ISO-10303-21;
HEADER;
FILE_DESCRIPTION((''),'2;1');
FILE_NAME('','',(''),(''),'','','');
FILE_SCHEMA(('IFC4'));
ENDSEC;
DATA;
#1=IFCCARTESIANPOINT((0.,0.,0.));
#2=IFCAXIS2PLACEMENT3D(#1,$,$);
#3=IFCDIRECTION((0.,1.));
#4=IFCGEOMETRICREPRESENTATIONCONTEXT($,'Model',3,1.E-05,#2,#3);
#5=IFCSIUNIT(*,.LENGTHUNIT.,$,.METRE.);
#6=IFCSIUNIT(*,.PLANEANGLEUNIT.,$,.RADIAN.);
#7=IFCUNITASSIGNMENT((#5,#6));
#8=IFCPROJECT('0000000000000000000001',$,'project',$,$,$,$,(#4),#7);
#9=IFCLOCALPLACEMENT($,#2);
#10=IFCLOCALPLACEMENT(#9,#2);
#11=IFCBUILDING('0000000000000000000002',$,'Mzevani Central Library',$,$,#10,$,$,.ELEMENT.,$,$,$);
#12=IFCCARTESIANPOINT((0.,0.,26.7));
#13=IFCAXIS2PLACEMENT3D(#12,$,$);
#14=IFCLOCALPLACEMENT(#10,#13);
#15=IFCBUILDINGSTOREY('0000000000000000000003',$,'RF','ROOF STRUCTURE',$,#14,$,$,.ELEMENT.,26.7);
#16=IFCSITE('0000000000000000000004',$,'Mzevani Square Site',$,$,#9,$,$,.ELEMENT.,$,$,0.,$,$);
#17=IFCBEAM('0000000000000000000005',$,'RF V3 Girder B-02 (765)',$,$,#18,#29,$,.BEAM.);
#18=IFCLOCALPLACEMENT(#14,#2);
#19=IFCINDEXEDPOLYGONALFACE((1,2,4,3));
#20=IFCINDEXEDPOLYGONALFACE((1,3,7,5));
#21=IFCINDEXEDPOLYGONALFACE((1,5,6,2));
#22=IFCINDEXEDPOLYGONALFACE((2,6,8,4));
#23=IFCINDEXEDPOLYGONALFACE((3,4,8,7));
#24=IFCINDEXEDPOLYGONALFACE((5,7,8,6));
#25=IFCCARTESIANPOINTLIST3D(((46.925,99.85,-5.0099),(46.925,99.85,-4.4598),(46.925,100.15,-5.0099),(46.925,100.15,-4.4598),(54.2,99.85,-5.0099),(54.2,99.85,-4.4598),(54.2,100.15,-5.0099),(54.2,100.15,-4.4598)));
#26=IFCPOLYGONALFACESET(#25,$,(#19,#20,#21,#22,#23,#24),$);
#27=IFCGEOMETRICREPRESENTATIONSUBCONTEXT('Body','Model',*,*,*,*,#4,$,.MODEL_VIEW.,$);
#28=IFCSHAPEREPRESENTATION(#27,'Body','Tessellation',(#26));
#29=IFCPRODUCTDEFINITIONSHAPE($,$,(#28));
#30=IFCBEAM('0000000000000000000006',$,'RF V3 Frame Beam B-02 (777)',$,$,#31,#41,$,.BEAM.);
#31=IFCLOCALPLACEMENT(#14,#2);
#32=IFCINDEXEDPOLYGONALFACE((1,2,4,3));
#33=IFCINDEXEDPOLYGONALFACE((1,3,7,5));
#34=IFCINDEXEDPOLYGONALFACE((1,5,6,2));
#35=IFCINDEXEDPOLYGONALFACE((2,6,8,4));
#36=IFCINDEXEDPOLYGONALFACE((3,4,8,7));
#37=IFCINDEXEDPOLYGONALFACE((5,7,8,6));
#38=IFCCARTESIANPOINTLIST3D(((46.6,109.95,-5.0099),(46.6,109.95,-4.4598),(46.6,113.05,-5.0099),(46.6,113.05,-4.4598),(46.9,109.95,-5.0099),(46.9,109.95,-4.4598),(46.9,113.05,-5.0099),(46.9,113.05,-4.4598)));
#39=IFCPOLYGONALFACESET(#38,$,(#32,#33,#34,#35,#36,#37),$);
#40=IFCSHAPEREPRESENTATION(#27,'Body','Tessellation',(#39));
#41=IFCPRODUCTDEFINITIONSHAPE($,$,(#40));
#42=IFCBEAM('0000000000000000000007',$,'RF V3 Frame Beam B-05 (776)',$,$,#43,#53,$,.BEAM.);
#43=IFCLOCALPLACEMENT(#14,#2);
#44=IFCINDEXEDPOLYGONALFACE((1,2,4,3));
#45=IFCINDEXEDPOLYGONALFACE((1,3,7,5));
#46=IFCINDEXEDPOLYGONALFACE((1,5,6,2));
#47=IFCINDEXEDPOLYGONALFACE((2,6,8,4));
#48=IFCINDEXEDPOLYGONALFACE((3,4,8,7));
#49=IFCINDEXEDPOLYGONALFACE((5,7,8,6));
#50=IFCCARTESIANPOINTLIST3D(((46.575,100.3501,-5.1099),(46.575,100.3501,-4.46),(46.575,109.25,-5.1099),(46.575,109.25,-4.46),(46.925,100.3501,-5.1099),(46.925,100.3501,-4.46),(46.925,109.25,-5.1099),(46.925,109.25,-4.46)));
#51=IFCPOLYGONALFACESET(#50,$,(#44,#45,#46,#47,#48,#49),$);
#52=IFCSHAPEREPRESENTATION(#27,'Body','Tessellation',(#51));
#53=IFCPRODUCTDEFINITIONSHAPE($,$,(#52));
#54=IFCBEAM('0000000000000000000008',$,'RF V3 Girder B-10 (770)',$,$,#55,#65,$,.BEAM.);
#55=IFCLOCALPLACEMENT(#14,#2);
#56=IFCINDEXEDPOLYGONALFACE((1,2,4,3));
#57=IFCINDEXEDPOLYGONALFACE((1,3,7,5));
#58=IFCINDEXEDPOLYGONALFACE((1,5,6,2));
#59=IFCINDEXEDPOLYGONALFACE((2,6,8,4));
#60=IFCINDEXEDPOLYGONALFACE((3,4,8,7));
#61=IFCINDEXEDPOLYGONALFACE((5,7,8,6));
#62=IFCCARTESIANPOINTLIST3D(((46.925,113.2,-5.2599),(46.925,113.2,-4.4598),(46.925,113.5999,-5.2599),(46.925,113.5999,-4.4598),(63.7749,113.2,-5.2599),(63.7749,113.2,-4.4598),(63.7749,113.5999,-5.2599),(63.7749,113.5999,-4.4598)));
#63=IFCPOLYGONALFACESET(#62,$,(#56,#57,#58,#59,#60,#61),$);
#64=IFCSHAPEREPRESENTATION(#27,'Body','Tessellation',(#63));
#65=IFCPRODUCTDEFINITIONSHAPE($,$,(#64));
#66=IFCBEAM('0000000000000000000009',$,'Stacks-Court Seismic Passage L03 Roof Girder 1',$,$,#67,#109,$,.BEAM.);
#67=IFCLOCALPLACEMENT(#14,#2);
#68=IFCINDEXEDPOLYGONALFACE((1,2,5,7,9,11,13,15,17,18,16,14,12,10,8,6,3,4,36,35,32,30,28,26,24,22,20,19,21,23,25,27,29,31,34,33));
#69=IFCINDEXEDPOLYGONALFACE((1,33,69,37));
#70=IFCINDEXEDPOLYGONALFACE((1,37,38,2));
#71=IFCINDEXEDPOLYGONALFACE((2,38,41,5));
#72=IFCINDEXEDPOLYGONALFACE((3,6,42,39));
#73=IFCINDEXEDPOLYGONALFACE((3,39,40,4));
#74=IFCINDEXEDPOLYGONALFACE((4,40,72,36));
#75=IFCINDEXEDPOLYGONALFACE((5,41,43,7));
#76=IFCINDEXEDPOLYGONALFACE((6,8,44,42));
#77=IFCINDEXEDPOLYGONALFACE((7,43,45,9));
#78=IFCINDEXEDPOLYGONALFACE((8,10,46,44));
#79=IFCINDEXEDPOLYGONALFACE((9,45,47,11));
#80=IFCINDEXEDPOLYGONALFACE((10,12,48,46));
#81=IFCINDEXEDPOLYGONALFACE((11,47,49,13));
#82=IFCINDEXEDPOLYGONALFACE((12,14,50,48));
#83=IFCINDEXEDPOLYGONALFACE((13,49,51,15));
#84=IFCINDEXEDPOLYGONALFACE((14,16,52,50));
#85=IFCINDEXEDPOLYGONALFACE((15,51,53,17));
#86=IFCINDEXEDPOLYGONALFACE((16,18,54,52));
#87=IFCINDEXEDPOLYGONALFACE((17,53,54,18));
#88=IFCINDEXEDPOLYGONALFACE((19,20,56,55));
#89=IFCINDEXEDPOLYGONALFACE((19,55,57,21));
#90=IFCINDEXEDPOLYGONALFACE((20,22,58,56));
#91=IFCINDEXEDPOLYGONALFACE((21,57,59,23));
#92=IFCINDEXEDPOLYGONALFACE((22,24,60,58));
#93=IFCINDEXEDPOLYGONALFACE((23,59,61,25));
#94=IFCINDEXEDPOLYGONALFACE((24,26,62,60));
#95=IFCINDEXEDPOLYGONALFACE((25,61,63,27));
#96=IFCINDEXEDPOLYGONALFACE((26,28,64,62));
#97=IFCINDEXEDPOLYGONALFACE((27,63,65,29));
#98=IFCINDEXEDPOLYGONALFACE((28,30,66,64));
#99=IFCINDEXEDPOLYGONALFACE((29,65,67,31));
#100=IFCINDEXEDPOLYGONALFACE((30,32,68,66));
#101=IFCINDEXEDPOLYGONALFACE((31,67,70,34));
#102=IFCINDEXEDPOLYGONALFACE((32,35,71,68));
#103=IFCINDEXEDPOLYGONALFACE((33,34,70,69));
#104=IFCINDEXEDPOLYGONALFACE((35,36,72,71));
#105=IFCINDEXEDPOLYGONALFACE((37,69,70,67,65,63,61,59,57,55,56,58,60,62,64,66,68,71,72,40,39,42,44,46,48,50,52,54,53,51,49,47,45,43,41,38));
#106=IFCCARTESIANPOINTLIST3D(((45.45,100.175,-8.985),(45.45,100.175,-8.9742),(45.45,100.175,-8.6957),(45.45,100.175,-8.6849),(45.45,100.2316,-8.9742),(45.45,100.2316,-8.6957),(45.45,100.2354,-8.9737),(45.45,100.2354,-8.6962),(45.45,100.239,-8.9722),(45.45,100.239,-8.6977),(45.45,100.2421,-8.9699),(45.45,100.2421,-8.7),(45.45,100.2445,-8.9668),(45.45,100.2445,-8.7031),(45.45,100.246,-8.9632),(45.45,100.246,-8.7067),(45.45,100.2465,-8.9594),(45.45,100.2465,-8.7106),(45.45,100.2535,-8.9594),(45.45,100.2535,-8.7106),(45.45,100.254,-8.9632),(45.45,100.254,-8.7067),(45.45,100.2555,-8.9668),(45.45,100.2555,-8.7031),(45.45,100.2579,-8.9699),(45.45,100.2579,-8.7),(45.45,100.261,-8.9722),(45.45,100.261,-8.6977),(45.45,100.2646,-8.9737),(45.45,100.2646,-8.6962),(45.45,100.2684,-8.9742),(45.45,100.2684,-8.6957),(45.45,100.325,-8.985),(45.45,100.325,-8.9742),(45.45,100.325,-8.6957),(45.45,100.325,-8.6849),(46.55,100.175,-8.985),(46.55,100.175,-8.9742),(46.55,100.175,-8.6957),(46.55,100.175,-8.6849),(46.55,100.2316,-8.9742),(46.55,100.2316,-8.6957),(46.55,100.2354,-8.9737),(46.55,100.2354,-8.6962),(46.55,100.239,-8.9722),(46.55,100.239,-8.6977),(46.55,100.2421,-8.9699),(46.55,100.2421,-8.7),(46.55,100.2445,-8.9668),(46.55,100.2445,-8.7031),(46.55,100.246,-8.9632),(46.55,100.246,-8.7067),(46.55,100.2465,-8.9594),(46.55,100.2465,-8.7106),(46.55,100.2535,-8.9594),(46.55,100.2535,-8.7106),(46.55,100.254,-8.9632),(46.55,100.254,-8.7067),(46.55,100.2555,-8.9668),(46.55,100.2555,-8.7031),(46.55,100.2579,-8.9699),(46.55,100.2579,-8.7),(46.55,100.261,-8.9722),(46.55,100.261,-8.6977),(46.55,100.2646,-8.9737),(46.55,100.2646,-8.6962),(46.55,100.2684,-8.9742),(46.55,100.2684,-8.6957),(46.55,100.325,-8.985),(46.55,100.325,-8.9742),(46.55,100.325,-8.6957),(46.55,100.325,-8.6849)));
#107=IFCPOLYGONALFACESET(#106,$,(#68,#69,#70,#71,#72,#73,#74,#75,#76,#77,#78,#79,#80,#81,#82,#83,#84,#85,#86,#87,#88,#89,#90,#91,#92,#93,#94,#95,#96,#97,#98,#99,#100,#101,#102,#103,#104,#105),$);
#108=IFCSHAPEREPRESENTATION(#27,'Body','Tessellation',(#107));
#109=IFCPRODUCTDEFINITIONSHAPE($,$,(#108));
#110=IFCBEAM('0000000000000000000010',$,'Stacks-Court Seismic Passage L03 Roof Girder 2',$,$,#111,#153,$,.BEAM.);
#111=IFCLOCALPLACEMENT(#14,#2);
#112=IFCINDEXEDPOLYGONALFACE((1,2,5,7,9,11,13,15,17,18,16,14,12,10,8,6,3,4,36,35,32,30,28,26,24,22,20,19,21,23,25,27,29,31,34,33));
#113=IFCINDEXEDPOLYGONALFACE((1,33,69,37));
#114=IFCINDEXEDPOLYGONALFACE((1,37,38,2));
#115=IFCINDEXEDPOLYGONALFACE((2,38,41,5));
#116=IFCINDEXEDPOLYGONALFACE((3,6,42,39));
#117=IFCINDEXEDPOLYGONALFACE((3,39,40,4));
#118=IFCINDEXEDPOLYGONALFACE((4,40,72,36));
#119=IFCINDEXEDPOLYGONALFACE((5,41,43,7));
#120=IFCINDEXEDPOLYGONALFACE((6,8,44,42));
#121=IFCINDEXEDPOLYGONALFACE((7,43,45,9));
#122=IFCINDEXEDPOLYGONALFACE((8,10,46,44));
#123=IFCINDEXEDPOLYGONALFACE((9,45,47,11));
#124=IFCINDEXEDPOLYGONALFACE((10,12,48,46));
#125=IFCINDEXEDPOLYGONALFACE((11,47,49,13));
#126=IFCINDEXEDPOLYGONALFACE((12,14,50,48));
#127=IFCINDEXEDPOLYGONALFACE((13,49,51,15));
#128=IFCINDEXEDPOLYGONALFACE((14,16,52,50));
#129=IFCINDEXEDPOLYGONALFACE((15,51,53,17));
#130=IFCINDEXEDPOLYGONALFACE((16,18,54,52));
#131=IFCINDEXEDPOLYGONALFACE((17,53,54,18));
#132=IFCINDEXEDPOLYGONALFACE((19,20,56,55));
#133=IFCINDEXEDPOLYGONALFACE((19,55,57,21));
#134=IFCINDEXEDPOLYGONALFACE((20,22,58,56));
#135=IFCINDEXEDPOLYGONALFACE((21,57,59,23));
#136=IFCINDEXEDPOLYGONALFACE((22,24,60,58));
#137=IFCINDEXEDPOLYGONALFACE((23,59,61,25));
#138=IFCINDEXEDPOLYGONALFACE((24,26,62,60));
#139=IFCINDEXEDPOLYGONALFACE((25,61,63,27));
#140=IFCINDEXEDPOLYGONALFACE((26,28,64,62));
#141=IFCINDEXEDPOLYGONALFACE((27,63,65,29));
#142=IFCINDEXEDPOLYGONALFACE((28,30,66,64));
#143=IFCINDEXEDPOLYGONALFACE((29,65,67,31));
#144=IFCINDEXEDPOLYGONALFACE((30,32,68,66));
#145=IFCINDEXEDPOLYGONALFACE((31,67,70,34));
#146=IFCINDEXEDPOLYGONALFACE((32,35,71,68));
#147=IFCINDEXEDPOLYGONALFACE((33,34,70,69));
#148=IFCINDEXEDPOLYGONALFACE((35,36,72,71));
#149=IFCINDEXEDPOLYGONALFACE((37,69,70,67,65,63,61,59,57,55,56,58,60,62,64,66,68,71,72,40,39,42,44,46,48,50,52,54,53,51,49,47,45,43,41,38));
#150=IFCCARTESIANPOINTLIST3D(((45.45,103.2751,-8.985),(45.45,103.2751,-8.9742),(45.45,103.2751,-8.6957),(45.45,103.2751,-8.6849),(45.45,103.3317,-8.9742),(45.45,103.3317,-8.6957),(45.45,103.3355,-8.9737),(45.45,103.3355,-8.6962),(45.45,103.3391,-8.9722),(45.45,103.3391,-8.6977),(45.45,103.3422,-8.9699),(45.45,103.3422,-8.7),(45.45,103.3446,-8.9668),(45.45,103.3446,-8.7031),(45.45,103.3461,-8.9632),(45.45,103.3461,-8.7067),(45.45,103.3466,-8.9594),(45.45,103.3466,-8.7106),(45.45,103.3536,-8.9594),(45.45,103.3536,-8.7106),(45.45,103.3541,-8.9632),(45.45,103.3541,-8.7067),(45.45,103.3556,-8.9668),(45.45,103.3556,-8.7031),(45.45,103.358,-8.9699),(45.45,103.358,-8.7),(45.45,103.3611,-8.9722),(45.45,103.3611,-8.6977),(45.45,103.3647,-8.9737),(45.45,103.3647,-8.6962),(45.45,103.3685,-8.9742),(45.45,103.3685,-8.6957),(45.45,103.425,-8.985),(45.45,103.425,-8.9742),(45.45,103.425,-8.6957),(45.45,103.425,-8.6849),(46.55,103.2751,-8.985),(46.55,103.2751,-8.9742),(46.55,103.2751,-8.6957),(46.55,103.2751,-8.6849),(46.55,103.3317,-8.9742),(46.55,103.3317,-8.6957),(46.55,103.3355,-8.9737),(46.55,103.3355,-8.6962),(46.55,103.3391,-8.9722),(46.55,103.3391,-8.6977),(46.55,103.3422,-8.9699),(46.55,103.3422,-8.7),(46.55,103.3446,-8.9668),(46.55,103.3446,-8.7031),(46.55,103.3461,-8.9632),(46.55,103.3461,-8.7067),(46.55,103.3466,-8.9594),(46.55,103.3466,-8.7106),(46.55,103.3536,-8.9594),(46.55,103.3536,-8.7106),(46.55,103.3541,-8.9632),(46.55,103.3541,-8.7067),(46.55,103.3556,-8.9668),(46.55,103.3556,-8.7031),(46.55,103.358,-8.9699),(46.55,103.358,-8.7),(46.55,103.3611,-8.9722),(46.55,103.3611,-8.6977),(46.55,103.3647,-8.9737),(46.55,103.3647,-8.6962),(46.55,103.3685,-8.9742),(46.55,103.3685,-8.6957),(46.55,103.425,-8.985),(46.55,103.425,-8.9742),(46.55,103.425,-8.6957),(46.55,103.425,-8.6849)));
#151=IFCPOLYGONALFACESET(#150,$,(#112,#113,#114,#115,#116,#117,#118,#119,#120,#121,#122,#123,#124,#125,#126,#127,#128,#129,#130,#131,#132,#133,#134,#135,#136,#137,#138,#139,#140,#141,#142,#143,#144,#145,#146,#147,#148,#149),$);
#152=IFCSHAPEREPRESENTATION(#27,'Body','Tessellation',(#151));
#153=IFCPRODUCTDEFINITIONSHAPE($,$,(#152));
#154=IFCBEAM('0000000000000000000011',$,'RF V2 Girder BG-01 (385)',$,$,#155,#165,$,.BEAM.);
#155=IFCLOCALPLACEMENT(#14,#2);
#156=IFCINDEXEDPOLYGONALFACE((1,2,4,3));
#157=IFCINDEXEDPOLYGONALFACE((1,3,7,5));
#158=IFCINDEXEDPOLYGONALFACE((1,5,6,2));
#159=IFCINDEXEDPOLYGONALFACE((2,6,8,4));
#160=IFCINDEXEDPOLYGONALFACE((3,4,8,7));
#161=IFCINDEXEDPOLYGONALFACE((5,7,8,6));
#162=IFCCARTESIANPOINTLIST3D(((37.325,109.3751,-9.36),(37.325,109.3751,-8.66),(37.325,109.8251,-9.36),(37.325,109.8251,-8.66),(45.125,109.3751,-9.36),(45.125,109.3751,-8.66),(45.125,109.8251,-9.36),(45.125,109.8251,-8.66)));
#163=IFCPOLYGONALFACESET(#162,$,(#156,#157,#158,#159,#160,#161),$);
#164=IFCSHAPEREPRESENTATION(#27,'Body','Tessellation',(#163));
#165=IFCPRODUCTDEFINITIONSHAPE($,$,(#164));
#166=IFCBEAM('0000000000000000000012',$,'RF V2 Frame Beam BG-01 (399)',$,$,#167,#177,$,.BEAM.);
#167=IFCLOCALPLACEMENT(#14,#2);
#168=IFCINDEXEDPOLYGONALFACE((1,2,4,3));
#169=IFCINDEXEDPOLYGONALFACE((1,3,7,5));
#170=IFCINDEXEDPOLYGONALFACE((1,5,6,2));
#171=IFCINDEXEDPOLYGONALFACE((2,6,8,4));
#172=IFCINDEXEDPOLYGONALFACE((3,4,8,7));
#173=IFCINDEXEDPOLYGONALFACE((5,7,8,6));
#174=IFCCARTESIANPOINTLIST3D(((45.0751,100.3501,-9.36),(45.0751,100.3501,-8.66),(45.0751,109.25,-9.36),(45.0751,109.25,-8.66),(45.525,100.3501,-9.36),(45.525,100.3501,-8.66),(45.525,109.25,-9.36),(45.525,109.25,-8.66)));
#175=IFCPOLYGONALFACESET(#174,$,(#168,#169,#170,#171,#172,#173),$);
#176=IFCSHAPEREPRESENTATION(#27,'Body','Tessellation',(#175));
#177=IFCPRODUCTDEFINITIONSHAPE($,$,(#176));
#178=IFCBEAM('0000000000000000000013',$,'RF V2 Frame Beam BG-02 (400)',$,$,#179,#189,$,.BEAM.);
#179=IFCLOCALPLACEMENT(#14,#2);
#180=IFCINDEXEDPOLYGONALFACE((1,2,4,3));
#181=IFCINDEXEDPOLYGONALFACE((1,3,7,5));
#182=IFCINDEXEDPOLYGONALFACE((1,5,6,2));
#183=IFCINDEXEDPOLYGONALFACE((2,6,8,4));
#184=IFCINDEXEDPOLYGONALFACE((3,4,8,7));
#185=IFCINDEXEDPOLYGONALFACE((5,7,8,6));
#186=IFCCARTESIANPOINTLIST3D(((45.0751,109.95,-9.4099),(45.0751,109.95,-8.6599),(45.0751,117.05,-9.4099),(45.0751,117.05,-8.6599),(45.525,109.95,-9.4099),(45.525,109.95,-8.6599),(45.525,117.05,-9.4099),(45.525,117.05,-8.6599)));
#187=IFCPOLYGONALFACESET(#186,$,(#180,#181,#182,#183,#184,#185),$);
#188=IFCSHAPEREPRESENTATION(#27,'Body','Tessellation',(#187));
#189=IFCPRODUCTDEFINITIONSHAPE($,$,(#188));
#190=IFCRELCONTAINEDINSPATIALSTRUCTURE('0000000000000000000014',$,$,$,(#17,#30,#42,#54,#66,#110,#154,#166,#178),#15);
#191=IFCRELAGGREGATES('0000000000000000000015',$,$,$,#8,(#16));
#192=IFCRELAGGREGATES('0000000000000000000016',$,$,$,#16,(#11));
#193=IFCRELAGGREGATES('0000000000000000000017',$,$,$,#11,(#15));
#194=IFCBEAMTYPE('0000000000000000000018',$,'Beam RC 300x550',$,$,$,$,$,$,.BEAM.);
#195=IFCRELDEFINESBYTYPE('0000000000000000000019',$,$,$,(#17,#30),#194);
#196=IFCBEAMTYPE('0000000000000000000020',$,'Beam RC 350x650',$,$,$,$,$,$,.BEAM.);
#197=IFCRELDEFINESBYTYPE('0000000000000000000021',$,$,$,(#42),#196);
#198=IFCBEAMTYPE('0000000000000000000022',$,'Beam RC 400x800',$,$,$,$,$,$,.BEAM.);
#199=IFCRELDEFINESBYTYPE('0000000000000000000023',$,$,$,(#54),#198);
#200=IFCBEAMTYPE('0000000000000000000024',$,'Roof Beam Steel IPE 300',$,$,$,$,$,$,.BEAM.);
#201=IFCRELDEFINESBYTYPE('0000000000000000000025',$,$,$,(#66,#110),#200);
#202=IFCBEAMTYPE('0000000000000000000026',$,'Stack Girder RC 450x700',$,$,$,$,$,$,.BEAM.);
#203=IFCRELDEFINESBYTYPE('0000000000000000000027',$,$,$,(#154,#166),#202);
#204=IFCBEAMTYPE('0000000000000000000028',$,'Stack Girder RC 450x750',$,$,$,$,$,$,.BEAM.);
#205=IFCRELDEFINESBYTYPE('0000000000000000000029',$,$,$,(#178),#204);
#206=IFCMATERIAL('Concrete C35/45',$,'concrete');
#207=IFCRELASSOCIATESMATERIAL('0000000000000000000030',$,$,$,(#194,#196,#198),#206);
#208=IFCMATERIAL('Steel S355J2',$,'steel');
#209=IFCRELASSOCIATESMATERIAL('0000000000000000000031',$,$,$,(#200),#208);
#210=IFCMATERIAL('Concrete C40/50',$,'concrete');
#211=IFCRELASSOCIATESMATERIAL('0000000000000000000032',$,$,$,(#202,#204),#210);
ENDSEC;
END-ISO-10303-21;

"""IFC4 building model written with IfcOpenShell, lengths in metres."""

from ifc_helpers import new_model, si_unit, direction, frame, origin, origin_2d, place, context, subcontext, project, spatial, rectangle, i_section, extrude, material, material_profile, profile_set, type_object, element, save


model = new_model("IFC4")

# Units and contexts
model_context = context("Model", 3, precision=1e-05, world=origin(), true_north=direction((0.0, 1.0)))
body_context = subcontext(model_context, "Body", "Model", "MODEL_VIEW")
ifc_project = project(units=[si_unit("LENGTHUNIT", "METRE"), si_unit("PLANEANGLEUNIT", "RADIAN")], contexts=[model_context])

# Site, building, storey
site_placement = place(None, origin())
site = spatial("IfcSite", under=ifc_project, at=site_placement, Name="Mzevani Square Site", CompositionType="ELEMENT", RefElevation=0.0)
building_placement = place(site_placement, origin())
building = spatial("IfcBuilding", under=site, at=building_placement, Name="Mzevani Central Library", CompositionType="ELEMENT")
storey_placement = place(building_placement, frame((0.0, 0.0, 26.7)))
storey = spatial("IfcBuildingStorey", under=building, at=storey_placement, Name="RF", Description="ROOF STRUCTURE", CompositionType="ELEMENT", Elevation=26.7)

# Beams
ifc_material_1 = material(Name="Concrete C35/45", Category="concrete")
ifc_material_profile_1 = material_profile(ifc_material_1, rectangle(XDim=0.3, YDim=0.55, at=origin_2d()), Name="RC B300x550")
ifc_profile_set_1 = profile_set([ifc_material_profile_1], Name="Concrete C35/45")
beam_type_1 = type_object("IfcBeamType", Name="Beam RC 300x550", PredefinedType="BEAM", material=ifc_profile_set_1)
beam_1_placement = place(storey_placement, frame((46.925, 100.0, -4.7349), z_axis=(1.0, 0.0, 0.0), x_axis=(0.0, 1.0, 0.0)))
element("IfcBeam", 1, at=beam_1_placement, inside=storey, type_object=beam_type_1, Name="RF V3 Girder B-02 (765)", PredefinedType="BEAM", context=body_context, shape_type="SweptSolid", body=[
    extrude(rectangle(XDim=0.3, YDim=0.55, at=origin_2d()), origin(), (0.0, 0.0, 1.0), 7.2749),
])
beam_2_placement = place(storey_placement, frame((46.75, 109.95, -4.7349), z_axis=(0.0, 1.0, 0.0), x_axis=(-1.0, 0.0, 0.0)))
element("IfcBeam", 2, at=beam_2_placement, inside=storey, type_object=beam_type_1, Name="RF V3 Frame Beam B-02 (777)", PredefinedType="BEAM", context=body_context, shape_type="SweptSolid", body=[
    extrude(rectangle(XDim=0.3, YDim=0.55, at=origin_2d()), origin(), (0.0, 0.0, 1.0), 3.1001),
])
ifc_material_profile_2 = material_profile(ifc_material_1, rectangle(XDim=0.3501, YDim=0.6499, at=origin_2d()), Name="RC B350x650")
ifc_profile_set_2 = profile_set([ifc_material_profile_2], Name="Concrete C35/45")
beam_type_2 = type_object("IfcBeamType", Name="Beam RC 350x650", PredefinedType="BEAM", material=ifc_profile_set_2)
beam_3_placement = place(storey_placement, frame((46.75, 100.3501, -4.7849), z_axis=(0.0, 1.0, 0.0), x_axis=(-1.0, 0.0, 0.0)))
element("IfcBeam", 3, at=beam_3_placement, inside=storey, type_object=beam_type_2, Name="RF V3 Frame Beam B-05 (776)", PredefinedType="BEAM", context=body_context, shape_type="SweptSolid", body=[
    extrude(rectangle(XDim=0.3501, YDim=0.6499, at=origin_2d()), origin(), (0.0, 0.0, 1.0), 8.8999),
])
ifc_material_profile_3 = material_profile(ifc_material_1, rectangle(XDim=0.3999, YDim=0.8, at=origin_2d()), Name="RC B400x800")
ifc_profile_set_3 = profile_set([ifc_material_profile_3], Name="Concrete C35/45")
beam_type_3 = type_object("IfcBeamType", Name="Beam RC 400x800", PredefinedType="BEAM", material=ifc_profile_set_3)
beam_4_placement = place(storey_placement, frame((46.925, 113.3999, -4.8599), z_axis=(1.0, 0.0, 0.0), x_axis=(0.0, 1.0, 0.0)))
element("IfcBeam", 4, at=beam_4_placement, inside=storey, type_object=beam_type_3, Name="RF V3 Girder B-10 (770)", PredefinedType="BEAM", context=body_context, shape_type="SweptSolid", body=[
    extrude(rectangle(XDim=0.3999, YDim=0.8, at=origin_2d()), origin(), (0.0, 0.0, 1.0), 16.8499),
])
ifc_material_2 = material(Name="Steel S355J2", Category="steel")
ifc_material_profile_4 = material_profile(ifc_material_2, i_section(OverallWidth=0.1499, OverallDepth=0.3, WebThickness=0.0071, FlangeThickness=0.0107, FilletRadius=0.0149, at=origin_2d()), Name="IPE 300")
ifc_profile_set_4 = profile_set([ifc_material_profile_4], Name="Steel S355J2")
beam_type_4 = type_object("IfcBeamType", Name="Roof Beam Steel IPE 300", PredefinedType="BEAM", material=ifc_profile_set_4)
for number, where, z_axis, x_axis, name in (
    (5, (45.45, 100.25, -8.835), (1.0, 0.0, 0.0), (0.0, 1.0, 0.0), "Stacks-Court Seismic Passage L03 Roof Girder 1"),
    (6, (45.45, 103.3501, -8.835), (1.0, 0.0, 0.0), (0.0, 1.0, 0.0), "Stacks-Court Seismic Passage L03 Roof Girder 2"),
):
    element("IfcBeam", number, at=place(storey_placement, frame(where, z_axis=z_axis, x_axis=x_axis)), inside=storey, type_object=beam_type_4, Name=name, PredefinedType="BEAM", context=body_context, shape_type="SweptSolid", body=[
        extrude(i_section(OverallWidth=0.1499, OverallDepth=0.3, WebThickness=0.0071, FlangeThickness=0.0107, FilletRadius=0.0149, at=origin_2d()), origin(), (0.0, 0.0, 1.0), 1.1001),
    ])
ifc_material_3 = material(Name="Concrete C40/50", Category="concrete")
ifc_material_profile_5 = material_profile(ifc_material_3, rectangle(XDim=0.45, YDim=0.7, at=origin_2d()), Name="RC B450x700")
ifc_profile_set_5 = profile_set([ifc_material_profile_5], Name="Concrete C40/50")
beam_type_5 = type_object("IfcBeamType", Name="Stack Girder RC 450x700", PredefinedType="BEAM", material=ifc_profile_set_5)
beam_5_placement = place(storey_placement, frame((37.325, 109.6001, -9.01), z_axis=(1.0, 0.0, 0.0), x_axis=(0.0, 1.0, 0.0)))
element("IfcBeam", 7, at=beam_5_placement, inside=storey, type_object=beam_type_5, Name="RF V2 Girder BG-01 (385)", PredefinedType="BEAM", context=body_context, shape_type="SweptSolid", body=[
    extrude(rectangle(XDim=0.45, YDim=0.7, at=origin_2d()), origin(), (0.0, 0.0, 1.0), 7.8),
])
beam_6_placement = place(storey_placement, frame((45.3, 100.3501, -9.01), z_axis=(0.0, 1.0, 0.0), x_axis=(-1.0, 0.0, 0.0)))
element("IfcBeam", 8, at=beam_6_placement, inside=storey, type_object=beam_type_5, Name="RF V2 Frame Beam BG-01 (399)", PredefinedType="BEAM", context=body_context, shape_type="SweptSolid", body=[
    extrude(rectangle(XDim=0.45, YDim=0.7, at=origin_2d()), origin(), (0.0, 0.0, 1.0), 8.8999),
])
ifc_material_profile_6 = material_profile(ifc_material_3, rectangle(XDim=0.45, YDim=0.75, at=origin_2d()), Name="RC B450x750")
ifc_profile_set_6 = profile_set([ifc_material_profile_6], Name="Concrete C40/50")
beam_type_6 = type_object("IfcBeamType", Name="Stack Girder RC 450x750", PredefinedType="BEAM", material=ifc_profile_set_6)
beam_7_placement = place(storey_placement, frame((45.3, 109.95, -9.0349), z_axis=(0.0, 1.0, 0.0), x_axis=(-1.0, 0.0, 0.0)))
element("IfcBeam", 9, at=beam_7_placement, inside=storey, type_object=beam_type_6, Name="RF V2 Frame Beam BG-02 (400)", PredefinedType="BEAM", context=body_context, shape_type="SweptSolid", body=[
    extrude(rectangle(XDim=0.45, YDim=0.75, at=origin_2d()), origin(), (0.0, 0.0, 1.0), 7.1001),
])

save(model, "model.ifc")
